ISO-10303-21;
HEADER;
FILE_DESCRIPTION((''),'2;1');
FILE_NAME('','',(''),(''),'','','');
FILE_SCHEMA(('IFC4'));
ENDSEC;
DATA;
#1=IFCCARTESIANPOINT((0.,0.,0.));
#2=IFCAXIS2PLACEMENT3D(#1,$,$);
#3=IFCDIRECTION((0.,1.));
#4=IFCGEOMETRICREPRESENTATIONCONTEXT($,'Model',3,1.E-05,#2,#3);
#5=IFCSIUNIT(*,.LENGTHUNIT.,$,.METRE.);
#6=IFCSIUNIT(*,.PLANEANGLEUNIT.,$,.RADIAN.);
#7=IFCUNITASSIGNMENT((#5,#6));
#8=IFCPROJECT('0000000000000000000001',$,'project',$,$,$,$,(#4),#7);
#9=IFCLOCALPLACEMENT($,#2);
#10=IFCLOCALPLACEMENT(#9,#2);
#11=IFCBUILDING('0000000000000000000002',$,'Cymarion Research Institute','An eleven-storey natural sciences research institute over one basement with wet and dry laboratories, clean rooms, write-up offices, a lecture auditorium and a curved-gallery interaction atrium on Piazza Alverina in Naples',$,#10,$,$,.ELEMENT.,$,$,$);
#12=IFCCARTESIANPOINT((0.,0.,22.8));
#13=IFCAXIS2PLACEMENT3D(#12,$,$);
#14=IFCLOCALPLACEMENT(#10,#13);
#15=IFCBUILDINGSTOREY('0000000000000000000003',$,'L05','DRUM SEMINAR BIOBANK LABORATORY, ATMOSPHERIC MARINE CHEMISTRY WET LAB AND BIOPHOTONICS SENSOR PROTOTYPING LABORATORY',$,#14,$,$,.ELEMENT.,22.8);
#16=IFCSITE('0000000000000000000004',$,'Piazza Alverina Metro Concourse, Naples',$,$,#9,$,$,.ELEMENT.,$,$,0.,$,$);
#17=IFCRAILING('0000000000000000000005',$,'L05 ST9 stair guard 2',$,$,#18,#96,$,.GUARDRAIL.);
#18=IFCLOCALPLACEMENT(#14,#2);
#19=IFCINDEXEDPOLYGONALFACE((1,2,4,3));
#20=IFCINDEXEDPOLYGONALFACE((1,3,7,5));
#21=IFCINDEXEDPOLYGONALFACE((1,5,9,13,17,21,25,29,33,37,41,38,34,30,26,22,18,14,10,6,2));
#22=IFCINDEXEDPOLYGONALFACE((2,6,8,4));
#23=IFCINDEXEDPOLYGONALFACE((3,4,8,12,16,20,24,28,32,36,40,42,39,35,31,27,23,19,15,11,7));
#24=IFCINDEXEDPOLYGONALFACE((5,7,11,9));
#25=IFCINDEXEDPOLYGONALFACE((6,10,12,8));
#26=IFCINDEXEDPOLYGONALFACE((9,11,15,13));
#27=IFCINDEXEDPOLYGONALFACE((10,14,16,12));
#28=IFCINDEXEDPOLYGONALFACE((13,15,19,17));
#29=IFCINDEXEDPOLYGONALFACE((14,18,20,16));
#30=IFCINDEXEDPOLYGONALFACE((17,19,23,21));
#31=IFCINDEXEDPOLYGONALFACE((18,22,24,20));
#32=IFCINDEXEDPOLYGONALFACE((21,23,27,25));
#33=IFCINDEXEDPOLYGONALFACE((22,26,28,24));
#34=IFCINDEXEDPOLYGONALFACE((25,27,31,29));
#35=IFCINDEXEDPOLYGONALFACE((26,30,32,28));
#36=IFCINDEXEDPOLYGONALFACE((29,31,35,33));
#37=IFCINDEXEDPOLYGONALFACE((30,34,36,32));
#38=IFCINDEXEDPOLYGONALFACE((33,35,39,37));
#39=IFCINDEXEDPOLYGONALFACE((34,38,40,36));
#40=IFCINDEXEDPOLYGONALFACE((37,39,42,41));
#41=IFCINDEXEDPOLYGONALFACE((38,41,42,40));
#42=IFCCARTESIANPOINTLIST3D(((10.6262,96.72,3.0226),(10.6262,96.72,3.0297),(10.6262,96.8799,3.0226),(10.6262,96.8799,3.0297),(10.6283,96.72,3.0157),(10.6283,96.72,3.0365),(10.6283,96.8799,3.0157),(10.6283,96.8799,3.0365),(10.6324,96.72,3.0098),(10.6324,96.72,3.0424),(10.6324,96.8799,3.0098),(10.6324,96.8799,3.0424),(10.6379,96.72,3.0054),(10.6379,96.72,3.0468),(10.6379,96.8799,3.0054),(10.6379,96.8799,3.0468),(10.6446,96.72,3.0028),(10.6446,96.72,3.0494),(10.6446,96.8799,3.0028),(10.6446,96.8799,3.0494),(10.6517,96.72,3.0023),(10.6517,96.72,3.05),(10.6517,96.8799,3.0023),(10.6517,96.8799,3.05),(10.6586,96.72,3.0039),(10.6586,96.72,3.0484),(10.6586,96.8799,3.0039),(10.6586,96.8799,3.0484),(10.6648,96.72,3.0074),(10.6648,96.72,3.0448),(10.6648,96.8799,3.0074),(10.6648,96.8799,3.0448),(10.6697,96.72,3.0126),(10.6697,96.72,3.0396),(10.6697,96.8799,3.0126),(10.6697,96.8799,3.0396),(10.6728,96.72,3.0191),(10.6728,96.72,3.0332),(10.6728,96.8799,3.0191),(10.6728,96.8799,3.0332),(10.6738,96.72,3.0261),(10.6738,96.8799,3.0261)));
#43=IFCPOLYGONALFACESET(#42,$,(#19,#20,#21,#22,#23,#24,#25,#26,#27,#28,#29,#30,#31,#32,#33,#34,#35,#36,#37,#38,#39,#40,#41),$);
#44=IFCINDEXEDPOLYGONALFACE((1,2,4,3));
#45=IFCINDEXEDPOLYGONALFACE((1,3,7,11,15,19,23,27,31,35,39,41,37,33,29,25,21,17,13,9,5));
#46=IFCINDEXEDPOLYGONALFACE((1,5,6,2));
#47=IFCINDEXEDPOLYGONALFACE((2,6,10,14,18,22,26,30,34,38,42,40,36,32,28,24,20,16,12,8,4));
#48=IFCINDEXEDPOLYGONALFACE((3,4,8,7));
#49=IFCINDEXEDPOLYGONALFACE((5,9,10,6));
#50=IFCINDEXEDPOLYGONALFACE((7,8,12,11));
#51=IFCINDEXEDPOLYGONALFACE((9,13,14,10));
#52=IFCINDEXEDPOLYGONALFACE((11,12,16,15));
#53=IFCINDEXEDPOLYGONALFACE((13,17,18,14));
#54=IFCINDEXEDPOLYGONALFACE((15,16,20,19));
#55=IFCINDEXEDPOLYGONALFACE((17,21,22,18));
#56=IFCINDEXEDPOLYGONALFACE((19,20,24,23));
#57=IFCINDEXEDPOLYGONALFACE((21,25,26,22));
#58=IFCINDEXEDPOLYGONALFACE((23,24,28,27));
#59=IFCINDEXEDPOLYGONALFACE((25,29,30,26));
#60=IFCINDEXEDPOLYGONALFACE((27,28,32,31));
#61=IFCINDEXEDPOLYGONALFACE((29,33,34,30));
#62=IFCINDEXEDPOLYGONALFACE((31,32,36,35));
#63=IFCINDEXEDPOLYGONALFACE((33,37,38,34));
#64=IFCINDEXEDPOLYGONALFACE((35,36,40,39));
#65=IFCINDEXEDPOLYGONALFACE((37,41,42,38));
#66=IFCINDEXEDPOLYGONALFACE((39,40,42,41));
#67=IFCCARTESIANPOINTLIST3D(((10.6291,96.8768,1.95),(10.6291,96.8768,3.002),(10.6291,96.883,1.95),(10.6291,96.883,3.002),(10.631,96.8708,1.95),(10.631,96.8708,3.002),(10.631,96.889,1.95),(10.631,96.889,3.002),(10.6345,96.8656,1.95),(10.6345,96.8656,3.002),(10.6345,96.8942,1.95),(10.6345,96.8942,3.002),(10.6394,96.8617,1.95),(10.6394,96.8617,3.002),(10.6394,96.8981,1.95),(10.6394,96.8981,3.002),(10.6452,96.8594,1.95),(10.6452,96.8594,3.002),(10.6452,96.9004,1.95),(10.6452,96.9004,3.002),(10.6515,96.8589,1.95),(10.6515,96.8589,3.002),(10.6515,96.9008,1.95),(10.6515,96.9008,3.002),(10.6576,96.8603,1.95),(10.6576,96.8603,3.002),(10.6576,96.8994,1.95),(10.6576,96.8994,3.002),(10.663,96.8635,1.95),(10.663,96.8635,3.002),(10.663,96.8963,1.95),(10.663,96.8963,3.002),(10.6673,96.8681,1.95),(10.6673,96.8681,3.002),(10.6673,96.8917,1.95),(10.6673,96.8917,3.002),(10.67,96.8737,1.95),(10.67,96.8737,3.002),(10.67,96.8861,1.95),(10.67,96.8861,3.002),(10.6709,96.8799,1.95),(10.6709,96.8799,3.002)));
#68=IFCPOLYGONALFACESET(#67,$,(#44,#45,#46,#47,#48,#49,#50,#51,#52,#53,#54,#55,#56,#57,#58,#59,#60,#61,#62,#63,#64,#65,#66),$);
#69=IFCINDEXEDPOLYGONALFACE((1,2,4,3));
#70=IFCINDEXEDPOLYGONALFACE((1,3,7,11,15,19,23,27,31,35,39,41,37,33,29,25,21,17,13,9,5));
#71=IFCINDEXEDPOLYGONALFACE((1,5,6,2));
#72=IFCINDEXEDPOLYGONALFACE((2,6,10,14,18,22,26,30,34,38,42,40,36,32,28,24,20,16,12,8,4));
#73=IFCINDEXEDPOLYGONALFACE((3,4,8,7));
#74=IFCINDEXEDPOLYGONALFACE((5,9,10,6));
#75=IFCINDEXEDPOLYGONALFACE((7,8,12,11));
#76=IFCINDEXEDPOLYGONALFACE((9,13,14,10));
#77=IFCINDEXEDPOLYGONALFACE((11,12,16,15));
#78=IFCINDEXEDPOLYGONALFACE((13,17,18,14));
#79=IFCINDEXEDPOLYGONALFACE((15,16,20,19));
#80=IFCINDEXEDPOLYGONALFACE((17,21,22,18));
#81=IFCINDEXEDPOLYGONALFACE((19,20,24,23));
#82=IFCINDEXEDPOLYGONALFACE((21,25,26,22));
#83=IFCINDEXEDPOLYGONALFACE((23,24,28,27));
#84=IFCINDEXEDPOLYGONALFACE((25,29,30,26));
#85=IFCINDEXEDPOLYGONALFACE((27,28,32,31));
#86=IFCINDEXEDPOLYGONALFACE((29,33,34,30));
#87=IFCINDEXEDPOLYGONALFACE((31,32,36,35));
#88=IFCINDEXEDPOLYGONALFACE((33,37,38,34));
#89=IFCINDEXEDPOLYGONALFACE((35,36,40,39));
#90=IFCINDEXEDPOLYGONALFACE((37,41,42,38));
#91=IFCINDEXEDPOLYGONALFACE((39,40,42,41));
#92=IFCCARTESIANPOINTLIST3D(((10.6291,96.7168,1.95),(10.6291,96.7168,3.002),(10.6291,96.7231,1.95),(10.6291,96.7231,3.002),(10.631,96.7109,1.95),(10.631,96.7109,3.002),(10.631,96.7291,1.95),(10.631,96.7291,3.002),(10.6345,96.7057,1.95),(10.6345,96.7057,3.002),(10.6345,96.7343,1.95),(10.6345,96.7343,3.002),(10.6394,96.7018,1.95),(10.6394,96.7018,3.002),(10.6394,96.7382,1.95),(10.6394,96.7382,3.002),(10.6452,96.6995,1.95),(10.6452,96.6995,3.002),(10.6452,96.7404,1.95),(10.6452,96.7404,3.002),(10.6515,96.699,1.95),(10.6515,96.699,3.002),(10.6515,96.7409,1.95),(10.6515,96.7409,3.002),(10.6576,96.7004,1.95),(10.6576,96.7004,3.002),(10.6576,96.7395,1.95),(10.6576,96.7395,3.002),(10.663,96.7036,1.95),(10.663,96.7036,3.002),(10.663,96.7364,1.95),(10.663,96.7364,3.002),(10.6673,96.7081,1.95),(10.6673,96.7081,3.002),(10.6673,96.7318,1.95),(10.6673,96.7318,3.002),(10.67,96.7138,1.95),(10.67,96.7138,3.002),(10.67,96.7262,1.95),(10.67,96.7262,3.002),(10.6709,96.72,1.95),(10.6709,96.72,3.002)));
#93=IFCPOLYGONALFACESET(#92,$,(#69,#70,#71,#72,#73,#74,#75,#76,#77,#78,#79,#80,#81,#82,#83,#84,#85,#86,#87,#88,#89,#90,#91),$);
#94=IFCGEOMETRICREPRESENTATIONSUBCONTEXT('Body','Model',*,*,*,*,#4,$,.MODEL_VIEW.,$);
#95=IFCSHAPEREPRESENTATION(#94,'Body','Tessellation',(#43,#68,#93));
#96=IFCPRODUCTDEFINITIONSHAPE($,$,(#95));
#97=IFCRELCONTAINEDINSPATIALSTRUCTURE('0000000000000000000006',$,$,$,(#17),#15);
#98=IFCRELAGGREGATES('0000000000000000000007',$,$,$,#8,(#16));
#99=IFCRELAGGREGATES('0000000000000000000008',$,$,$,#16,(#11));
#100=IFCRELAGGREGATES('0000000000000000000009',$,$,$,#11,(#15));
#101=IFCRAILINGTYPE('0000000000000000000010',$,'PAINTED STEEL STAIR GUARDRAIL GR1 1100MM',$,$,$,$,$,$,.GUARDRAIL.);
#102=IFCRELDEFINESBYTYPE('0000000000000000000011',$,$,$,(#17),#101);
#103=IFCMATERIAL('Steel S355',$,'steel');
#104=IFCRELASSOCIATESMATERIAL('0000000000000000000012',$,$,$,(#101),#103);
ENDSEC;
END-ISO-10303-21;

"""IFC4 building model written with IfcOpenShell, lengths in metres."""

from ifc_helpers import new_model, si_unit, direction, frame, origin, origin_2d, place, context, subcontext, project, spatial, circle, extrude, material, type_object, element, save


model = new_model("IFC4")

# Units and contexts
model_context = context("Model", 3, precision=1e-05, world=origin(), true_north=direction((0.0, 1.0)))
body_context = subcontext(model_context, "Body", "Model", "MODEL_VIEW")
ifc_project = project(units=[si_unit("LENGTHUNIT", "METRE"), si_unit("PLANEANGLEUNIT", "RADIAN")], contexts=[model_context])

# Site, building, storey
site_placement = place(None, origin())
site = spatial("IfcSite", under=ifc_project, at=site_placement, Name="Piazza Alverina Metro Concourse, Naples", CompositionType="ELEMENT", RefElevation=0.0)
building_placement = place(site_placement, origin())
building = spatial("IfcBuilding", under=site, at=building_placement, Name="Cymarion Research Institute", Description="An eleven-storey natural sciences research institute over one basement with wet and dry laboratories, clean rooms, write-up offices, a lecture auditorium and a curved-gallery interaction atrium on Piazza Alverina in Naples", CompositionType="ELEMENT")
storey_placement = place(building_placement, frame((0.0, 0.0, 22.8)))
storey = spatial("IfcBuildingStorey", under=building, at=storey_placement, Name="L05", Description="DRUM SEMINAR BIOBANK LABORATORY, ATMOSPHERIC MARINE CHEMISTRY WET LAB AND BIOPHOTONICS SENSOR PROTOTYPING LABORATORY", CompositionType="ELEMENT", Elevation=22.8)

# Railing
ifc_material_1 = material(Name="Steel S355", Category="steel")
railing_type_1 = type_object("IfcRailingType", Name="PAINTED STEEL STAIR GUARDRAIL GR1 1100MM", PredefinedType="GUARDRAIL", material=ifc_material_1)
railing_1_placement = place(storey_placement, frame((10.6499, 96.8799, 1.95)))
element("IfcRailing", 1, at=railing_1_placement, inside=storey, type_object=railing_type_1, Name="L05 ST9 stair guard 2", PredefinedType="GUARDRAIL", context=body_context, shape_type="SweptSolid", body=[
    extrude(circle(Radius=0.0239, at=origin_2d()), frame((0.0, 0.0, 1.0762), z_axis=(0.0, -1.0, 0.0), x_axis=(1.0, 0.0, 0.0)), (0.0, 0.0, 1.0), 0.1599),
    extrude(circle(Radius=0.021, at=origin_2d()), origin(), (0.0, 0.0, 1.0), 1.052),
    extrude(circle(Radius=0.021, at=origin_2d()), frame((0.0, -0.1599, 0.0)), (0.0, 0.0, 1.0), 1.052),
])

save(model, "model.ifc")
